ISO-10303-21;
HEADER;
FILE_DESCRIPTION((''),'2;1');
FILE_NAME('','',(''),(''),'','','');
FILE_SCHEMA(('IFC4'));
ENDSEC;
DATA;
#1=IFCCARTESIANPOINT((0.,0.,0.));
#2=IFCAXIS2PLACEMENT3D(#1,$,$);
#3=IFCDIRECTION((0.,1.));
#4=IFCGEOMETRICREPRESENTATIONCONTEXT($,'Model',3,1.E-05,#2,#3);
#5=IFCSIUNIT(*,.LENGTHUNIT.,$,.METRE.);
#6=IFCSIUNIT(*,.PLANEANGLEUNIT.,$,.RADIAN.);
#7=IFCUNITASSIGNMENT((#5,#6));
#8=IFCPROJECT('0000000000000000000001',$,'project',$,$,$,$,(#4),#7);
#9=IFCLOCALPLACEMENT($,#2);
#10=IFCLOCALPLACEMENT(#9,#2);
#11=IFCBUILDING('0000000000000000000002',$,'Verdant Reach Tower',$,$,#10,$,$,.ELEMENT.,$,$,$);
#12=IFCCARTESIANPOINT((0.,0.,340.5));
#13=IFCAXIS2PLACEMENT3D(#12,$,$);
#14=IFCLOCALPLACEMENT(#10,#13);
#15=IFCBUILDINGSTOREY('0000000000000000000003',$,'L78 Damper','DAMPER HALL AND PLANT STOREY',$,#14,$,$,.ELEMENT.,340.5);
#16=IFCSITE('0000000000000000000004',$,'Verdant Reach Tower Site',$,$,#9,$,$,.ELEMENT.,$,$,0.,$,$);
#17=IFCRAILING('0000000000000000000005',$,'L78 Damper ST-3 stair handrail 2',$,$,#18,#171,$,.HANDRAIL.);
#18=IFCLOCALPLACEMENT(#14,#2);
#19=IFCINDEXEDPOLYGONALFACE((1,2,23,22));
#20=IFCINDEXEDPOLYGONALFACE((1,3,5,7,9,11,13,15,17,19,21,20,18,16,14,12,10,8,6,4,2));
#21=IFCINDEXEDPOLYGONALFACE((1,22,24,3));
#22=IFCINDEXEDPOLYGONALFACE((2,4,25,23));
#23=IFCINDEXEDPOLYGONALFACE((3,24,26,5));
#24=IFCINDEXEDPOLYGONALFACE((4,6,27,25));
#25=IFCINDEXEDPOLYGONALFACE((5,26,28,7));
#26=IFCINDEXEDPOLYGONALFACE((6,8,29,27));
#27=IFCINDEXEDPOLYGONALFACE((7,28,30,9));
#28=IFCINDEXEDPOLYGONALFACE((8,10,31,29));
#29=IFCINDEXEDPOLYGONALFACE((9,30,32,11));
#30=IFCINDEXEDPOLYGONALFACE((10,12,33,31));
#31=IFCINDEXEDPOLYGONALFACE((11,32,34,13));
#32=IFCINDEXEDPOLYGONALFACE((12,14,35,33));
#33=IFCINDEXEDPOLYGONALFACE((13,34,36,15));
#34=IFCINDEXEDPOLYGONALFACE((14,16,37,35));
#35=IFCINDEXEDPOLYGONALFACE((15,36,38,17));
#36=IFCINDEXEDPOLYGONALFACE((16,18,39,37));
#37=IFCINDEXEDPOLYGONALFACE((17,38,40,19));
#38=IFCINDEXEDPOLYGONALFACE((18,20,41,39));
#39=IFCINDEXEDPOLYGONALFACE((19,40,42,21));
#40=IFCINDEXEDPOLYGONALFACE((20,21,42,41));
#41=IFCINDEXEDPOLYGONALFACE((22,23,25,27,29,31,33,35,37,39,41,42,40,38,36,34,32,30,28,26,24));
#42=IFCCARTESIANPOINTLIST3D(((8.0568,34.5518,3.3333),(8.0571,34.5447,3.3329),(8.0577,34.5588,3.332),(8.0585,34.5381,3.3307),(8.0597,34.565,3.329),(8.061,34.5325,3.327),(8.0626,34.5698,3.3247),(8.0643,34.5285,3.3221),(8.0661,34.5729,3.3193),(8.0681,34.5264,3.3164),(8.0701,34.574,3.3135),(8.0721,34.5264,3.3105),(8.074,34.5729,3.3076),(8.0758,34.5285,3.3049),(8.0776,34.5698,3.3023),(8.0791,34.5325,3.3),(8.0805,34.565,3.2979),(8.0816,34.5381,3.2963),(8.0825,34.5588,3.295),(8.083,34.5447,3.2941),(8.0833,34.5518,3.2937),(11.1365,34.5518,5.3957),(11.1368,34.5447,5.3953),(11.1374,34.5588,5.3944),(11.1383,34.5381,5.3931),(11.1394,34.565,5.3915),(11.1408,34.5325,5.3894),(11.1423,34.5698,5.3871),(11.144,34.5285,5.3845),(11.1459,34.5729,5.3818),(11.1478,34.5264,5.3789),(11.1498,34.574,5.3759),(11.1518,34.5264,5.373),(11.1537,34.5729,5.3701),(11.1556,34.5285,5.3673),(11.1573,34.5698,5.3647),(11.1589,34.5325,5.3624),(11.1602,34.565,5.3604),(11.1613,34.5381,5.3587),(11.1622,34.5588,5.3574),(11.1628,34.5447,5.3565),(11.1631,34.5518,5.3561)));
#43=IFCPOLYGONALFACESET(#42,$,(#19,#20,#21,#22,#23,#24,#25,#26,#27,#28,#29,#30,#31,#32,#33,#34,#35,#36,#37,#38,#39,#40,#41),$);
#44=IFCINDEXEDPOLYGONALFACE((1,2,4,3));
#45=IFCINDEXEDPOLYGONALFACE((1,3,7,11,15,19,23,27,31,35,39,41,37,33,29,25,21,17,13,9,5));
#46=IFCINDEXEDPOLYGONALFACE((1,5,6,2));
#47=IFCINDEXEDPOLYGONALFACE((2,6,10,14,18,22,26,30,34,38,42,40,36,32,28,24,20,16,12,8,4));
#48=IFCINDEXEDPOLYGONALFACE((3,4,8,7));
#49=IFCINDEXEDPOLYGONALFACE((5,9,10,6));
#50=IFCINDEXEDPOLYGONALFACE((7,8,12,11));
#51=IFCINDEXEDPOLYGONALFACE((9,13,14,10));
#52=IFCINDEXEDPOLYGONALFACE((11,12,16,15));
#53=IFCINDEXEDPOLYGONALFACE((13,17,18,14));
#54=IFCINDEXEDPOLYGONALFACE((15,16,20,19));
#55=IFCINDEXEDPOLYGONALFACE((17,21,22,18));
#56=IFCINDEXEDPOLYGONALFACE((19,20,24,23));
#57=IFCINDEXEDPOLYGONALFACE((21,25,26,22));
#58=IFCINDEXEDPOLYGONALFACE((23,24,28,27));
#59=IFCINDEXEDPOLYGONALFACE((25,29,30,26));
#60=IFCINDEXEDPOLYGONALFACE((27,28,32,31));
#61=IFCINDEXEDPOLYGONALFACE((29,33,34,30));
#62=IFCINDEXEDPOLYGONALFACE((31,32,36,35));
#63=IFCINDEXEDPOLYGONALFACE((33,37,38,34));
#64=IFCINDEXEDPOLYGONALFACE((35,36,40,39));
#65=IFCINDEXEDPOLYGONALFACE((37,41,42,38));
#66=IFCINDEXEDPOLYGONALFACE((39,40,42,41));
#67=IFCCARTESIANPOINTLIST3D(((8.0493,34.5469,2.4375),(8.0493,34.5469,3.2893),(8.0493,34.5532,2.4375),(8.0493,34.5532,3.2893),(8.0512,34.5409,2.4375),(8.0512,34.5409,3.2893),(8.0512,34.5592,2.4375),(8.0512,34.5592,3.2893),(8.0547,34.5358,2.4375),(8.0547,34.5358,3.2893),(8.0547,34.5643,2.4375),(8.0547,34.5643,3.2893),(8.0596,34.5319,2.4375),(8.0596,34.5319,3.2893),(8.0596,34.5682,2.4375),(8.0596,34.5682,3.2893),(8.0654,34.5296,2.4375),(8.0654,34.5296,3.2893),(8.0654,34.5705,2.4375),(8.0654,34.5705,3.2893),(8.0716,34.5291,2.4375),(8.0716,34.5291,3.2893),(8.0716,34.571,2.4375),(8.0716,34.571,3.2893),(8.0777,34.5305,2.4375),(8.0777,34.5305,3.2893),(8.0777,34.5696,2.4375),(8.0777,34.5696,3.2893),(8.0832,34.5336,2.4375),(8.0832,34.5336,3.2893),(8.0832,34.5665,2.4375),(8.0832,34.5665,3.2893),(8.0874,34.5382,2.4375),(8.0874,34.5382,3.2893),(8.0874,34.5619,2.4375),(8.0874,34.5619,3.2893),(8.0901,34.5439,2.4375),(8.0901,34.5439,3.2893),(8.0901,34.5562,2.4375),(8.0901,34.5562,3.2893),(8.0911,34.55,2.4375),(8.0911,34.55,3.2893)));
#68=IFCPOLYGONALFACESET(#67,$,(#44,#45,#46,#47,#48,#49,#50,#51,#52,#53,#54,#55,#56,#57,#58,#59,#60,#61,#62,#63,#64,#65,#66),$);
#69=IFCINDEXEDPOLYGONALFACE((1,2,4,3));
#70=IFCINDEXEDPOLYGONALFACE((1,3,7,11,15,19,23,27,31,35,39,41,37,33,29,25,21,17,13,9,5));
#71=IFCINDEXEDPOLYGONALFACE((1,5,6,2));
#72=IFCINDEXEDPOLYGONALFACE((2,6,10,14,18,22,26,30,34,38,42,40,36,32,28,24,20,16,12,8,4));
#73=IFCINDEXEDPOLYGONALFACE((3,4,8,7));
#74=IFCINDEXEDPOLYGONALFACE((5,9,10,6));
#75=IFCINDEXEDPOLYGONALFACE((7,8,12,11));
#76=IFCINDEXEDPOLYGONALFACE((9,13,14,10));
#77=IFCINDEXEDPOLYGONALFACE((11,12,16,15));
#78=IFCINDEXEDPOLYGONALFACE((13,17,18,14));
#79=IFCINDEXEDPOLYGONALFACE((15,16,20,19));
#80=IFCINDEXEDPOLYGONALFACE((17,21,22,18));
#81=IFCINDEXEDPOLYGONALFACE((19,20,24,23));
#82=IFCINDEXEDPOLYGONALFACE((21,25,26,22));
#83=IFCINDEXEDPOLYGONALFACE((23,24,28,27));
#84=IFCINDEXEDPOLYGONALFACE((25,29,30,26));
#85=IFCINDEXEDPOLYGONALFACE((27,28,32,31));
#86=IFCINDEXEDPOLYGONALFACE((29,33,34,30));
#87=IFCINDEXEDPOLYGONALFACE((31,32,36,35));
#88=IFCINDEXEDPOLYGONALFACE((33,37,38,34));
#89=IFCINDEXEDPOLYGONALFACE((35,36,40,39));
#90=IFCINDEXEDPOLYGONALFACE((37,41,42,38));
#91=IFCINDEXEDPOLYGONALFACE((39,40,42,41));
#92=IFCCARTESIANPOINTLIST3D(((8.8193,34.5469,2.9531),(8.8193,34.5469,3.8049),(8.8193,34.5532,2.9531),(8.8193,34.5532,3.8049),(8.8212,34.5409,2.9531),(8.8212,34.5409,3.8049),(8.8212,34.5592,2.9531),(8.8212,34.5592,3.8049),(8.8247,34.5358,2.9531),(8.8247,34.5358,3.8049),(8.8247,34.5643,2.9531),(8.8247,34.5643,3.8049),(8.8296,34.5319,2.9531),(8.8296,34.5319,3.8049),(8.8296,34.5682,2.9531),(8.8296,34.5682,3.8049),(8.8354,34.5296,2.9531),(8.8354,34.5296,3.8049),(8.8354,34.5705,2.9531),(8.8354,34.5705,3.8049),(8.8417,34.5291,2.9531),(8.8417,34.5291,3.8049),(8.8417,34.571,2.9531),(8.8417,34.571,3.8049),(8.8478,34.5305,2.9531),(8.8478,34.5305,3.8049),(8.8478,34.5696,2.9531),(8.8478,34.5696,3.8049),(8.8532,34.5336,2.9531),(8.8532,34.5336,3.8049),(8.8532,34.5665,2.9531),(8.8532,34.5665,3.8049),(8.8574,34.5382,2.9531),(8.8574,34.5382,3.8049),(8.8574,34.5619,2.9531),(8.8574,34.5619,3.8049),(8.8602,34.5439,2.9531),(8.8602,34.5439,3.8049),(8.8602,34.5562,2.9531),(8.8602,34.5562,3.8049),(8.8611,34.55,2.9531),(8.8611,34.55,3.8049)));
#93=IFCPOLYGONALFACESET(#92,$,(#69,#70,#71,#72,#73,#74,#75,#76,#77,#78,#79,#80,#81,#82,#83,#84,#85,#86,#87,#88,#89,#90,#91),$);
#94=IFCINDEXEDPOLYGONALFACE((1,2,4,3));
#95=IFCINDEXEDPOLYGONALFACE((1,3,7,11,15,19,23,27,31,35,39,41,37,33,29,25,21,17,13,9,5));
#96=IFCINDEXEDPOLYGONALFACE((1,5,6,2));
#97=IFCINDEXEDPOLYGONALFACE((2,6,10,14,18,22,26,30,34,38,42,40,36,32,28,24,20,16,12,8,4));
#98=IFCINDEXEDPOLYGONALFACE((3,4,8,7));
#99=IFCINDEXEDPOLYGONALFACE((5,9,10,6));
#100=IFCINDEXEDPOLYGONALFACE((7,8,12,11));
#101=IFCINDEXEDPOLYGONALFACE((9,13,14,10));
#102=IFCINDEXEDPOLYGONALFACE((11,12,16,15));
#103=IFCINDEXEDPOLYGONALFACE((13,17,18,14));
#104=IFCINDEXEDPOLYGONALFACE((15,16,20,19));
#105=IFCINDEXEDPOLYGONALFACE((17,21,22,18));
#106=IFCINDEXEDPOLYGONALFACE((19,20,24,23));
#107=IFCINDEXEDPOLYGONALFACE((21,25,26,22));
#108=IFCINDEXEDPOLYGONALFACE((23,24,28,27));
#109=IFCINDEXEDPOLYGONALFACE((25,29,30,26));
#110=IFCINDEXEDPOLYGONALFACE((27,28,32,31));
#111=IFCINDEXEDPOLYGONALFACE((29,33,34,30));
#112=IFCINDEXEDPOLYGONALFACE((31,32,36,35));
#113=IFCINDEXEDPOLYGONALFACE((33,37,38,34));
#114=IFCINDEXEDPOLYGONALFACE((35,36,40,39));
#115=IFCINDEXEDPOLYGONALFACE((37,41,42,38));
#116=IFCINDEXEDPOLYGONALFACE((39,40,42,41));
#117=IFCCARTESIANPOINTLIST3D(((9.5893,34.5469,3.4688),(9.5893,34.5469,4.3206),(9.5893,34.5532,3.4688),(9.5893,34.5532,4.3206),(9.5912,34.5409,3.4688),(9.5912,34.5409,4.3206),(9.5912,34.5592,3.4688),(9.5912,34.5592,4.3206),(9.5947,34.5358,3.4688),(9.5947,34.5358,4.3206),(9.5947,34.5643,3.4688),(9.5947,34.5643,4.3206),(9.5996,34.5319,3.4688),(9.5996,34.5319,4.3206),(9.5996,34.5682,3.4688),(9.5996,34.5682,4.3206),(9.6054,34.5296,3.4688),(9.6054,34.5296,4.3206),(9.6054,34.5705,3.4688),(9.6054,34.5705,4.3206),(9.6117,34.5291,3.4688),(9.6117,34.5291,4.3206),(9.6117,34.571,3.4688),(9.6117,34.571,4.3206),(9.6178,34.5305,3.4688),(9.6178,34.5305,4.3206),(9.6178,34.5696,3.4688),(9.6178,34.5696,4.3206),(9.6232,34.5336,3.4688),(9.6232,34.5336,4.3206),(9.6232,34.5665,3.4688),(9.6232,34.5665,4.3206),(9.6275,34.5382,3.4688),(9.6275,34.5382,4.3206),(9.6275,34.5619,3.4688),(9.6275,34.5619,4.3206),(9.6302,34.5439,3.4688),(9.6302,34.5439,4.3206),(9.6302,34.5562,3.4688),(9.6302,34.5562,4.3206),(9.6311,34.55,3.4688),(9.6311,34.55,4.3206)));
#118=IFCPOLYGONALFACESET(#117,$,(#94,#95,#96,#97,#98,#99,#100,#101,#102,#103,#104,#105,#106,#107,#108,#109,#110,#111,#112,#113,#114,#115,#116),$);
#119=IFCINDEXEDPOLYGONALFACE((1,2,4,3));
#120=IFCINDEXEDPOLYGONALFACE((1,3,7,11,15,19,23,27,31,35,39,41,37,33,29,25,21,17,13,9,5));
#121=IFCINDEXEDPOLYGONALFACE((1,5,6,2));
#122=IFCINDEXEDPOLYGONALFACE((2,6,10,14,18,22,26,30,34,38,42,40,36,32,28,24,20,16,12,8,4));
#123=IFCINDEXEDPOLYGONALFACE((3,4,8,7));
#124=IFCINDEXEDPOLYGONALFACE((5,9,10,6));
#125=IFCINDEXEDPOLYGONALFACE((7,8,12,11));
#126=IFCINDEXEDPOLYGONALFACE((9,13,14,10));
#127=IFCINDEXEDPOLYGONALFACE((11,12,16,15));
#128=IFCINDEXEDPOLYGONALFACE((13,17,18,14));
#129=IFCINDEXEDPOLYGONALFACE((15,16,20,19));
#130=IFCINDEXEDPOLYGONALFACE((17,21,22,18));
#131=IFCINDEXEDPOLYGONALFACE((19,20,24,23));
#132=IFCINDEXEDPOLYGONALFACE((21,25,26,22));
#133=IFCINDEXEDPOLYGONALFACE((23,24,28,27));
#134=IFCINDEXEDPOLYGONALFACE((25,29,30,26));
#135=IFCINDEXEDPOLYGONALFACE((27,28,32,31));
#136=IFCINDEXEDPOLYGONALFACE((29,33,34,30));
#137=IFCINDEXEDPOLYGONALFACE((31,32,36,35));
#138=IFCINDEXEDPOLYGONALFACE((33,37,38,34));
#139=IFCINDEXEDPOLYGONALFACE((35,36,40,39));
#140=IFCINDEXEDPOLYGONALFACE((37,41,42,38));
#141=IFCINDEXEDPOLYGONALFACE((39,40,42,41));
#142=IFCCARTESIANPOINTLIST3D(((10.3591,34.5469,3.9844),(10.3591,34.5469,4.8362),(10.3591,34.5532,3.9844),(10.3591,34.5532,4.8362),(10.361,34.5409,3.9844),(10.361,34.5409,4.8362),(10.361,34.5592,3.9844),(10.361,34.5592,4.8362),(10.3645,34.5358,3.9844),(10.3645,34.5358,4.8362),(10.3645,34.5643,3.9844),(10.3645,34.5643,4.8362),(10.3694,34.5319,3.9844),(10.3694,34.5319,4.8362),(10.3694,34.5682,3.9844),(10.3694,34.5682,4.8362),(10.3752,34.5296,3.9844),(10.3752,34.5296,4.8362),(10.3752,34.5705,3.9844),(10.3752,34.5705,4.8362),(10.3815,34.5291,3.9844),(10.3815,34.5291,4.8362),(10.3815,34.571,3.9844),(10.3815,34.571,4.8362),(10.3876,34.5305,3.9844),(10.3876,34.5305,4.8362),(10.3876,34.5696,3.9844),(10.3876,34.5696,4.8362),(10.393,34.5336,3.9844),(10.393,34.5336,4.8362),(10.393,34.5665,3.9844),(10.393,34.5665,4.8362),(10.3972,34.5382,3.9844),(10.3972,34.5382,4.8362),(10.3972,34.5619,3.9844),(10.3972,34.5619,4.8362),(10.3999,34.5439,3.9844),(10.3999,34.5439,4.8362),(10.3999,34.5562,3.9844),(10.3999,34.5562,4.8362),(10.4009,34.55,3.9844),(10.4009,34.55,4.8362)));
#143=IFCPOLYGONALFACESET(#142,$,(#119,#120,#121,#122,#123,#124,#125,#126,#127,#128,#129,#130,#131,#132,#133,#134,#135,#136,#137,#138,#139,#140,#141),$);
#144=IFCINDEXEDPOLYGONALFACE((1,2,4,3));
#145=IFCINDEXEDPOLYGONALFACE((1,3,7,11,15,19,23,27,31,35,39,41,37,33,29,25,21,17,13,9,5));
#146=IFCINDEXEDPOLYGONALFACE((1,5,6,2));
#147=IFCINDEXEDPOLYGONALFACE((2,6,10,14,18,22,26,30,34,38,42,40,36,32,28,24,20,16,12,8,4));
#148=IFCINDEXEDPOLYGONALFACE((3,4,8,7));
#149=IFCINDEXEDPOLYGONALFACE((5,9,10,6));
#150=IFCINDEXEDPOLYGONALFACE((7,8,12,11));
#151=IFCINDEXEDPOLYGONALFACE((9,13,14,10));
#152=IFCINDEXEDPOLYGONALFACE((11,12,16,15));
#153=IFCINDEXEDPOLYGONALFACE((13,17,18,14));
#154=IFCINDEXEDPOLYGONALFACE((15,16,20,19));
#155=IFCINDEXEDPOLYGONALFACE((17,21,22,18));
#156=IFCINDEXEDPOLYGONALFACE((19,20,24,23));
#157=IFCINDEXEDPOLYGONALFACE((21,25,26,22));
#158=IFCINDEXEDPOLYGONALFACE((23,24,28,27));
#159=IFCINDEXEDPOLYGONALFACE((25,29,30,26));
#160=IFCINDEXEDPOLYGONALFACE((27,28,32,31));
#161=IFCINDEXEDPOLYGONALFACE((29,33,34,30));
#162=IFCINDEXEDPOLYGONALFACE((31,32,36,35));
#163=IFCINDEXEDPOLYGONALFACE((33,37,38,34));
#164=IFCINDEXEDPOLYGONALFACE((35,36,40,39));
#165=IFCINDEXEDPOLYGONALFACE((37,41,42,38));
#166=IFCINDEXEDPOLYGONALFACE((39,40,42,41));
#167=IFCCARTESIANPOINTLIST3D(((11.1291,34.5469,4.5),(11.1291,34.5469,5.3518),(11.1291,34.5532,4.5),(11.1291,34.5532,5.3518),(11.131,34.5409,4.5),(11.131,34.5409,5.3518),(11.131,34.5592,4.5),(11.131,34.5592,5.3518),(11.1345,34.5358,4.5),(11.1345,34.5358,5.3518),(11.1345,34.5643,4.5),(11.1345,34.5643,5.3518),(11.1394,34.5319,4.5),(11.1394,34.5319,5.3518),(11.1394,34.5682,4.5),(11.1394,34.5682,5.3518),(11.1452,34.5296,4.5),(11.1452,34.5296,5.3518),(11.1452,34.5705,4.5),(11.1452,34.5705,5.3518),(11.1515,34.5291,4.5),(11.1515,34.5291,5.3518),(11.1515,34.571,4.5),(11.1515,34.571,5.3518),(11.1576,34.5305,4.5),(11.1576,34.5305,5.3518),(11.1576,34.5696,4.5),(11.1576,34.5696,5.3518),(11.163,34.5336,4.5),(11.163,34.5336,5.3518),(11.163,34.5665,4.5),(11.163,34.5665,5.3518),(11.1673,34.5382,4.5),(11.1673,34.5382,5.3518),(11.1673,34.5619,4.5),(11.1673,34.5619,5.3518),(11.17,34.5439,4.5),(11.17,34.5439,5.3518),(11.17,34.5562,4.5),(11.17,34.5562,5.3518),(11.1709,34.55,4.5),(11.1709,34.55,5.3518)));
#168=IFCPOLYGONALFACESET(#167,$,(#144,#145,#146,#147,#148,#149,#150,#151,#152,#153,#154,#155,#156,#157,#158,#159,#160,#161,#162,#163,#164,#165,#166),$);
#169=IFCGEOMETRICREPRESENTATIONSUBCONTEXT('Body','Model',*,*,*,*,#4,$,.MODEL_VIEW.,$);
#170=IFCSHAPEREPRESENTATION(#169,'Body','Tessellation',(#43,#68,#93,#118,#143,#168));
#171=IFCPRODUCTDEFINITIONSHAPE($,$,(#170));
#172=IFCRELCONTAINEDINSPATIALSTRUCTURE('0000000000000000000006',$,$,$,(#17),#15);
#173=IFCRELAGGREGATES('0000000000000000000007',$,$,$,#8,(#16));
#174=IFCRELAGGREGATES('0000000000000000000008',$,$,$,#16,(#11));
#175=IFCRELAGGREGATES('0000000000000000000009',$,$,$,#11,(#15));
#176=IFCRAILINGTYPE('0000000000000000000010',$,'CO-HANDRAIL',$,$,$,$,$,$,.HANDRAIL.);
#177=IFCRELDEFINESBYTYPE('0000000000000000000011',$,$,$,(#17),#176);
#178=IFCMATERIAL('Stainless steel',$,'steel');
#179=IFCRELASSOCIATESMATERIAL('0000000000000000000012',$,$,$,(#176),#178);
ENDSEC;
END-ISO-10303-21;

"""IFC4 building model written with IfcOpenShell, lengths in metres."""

from ifc_helpers import new_model, si_unit, direction, frame, origin, origin_2d, place, context, subcontext, project, spatial, circle, extrude, material, type_object, element, save


model = new_model("IFC4")

# Units and contexts
model_context = context("Model", 3, precision=1e-05, world=origin(), true_north=direction((0.0, 1.0)))
body_context = subcontext(model_context, "Body", "Model", "MODEL_VIEW")
ifc_project = project(units=[si_unit("LENGTHUNIT", "METRE"), si_unit("PLANEANGLEUNIT", "RADIAN")], contexts=[model_context])

# Site, building, storey
site_placement = place(None, origin())
site = spatial("IfcSite", under=ifc_project, at=site_placement, Name="Verdant Reach Tower Site", CompositionType="ELEMENT", RefElevation=0.0)
building_placement = place(site_placement, origin())
building = spatial("IfcBuilding", under=site, at=building_placement, Name="Verdant Reach Tower", CompositionType="ELEMENT")
storey_placement = place(building_placement, frame((0.0, 0.0, 340.5)))
storey = spatial("IfcBuildingStorey", under=building, at=storey_placement, Name="L78 Damper", Description="DAMPER HALL AND PLANT STOREY", CompositionType="ELEMENT", Elevation=340.5)

# Railing
ifc_material_1 = material(Name="Stainless steel", Category="steel")
railing_type = type_object("IfcRailingType", Name="CO-HANDRAIL", PredefinedType="HANDRAIL", material=ifc_material_1)
for number, where, name in (
    (1, (8.0701, 34.55, 2.4375), "L78 Damper ST-3 stair handrail 2"),
):
    element("IfcRailing", number, at=place(storey_placement, frame(where)), inside=storey, type_object=railing_type, Name=name, PredefinedType="HANDRAIL", context=body_context, shape_type="SweptSolid", body=[
        extrude(circle(Radius=0.0239, at=origin_2d()), frame((0.0, 0.0, 0.876), z_axis=(0.830893, 0.0, 0.556432), x_axis=(0.0, 1.0, 0.0)), (0.0, 0.0, 1.0), 3.7065),
        extrude(circle(Radius=0.021, at=origin_2d()), origin(), (0.0, 0.0, 1.0), 0.8518),
        extrude(circle(Radius=0.021, at=origin_2d()), frame((0.77, 0.0, 0.5156)), (0.0, 0.0, 1.0), 0.8518),
        extrude(circle(Radius=0.021, at=origin_2d()), frame((1.54, 0.0, 1.0312)), (0.0, 0.0, 1.0), 0.8518),
        extrude(circle(Radius=0.021, at=origin_2d()), frame((2.3098, 0.0, 1.5469)), (0.0, 0.0, 1.0), 0.8518),
        extrude(circle(Radius=0.021, at=origin_2d()), frame((3.0798, 0.0, 2.0625)), (0.0, 0.0, 1.0), 0.8518),
    ])

save(model, "model.ifc")
